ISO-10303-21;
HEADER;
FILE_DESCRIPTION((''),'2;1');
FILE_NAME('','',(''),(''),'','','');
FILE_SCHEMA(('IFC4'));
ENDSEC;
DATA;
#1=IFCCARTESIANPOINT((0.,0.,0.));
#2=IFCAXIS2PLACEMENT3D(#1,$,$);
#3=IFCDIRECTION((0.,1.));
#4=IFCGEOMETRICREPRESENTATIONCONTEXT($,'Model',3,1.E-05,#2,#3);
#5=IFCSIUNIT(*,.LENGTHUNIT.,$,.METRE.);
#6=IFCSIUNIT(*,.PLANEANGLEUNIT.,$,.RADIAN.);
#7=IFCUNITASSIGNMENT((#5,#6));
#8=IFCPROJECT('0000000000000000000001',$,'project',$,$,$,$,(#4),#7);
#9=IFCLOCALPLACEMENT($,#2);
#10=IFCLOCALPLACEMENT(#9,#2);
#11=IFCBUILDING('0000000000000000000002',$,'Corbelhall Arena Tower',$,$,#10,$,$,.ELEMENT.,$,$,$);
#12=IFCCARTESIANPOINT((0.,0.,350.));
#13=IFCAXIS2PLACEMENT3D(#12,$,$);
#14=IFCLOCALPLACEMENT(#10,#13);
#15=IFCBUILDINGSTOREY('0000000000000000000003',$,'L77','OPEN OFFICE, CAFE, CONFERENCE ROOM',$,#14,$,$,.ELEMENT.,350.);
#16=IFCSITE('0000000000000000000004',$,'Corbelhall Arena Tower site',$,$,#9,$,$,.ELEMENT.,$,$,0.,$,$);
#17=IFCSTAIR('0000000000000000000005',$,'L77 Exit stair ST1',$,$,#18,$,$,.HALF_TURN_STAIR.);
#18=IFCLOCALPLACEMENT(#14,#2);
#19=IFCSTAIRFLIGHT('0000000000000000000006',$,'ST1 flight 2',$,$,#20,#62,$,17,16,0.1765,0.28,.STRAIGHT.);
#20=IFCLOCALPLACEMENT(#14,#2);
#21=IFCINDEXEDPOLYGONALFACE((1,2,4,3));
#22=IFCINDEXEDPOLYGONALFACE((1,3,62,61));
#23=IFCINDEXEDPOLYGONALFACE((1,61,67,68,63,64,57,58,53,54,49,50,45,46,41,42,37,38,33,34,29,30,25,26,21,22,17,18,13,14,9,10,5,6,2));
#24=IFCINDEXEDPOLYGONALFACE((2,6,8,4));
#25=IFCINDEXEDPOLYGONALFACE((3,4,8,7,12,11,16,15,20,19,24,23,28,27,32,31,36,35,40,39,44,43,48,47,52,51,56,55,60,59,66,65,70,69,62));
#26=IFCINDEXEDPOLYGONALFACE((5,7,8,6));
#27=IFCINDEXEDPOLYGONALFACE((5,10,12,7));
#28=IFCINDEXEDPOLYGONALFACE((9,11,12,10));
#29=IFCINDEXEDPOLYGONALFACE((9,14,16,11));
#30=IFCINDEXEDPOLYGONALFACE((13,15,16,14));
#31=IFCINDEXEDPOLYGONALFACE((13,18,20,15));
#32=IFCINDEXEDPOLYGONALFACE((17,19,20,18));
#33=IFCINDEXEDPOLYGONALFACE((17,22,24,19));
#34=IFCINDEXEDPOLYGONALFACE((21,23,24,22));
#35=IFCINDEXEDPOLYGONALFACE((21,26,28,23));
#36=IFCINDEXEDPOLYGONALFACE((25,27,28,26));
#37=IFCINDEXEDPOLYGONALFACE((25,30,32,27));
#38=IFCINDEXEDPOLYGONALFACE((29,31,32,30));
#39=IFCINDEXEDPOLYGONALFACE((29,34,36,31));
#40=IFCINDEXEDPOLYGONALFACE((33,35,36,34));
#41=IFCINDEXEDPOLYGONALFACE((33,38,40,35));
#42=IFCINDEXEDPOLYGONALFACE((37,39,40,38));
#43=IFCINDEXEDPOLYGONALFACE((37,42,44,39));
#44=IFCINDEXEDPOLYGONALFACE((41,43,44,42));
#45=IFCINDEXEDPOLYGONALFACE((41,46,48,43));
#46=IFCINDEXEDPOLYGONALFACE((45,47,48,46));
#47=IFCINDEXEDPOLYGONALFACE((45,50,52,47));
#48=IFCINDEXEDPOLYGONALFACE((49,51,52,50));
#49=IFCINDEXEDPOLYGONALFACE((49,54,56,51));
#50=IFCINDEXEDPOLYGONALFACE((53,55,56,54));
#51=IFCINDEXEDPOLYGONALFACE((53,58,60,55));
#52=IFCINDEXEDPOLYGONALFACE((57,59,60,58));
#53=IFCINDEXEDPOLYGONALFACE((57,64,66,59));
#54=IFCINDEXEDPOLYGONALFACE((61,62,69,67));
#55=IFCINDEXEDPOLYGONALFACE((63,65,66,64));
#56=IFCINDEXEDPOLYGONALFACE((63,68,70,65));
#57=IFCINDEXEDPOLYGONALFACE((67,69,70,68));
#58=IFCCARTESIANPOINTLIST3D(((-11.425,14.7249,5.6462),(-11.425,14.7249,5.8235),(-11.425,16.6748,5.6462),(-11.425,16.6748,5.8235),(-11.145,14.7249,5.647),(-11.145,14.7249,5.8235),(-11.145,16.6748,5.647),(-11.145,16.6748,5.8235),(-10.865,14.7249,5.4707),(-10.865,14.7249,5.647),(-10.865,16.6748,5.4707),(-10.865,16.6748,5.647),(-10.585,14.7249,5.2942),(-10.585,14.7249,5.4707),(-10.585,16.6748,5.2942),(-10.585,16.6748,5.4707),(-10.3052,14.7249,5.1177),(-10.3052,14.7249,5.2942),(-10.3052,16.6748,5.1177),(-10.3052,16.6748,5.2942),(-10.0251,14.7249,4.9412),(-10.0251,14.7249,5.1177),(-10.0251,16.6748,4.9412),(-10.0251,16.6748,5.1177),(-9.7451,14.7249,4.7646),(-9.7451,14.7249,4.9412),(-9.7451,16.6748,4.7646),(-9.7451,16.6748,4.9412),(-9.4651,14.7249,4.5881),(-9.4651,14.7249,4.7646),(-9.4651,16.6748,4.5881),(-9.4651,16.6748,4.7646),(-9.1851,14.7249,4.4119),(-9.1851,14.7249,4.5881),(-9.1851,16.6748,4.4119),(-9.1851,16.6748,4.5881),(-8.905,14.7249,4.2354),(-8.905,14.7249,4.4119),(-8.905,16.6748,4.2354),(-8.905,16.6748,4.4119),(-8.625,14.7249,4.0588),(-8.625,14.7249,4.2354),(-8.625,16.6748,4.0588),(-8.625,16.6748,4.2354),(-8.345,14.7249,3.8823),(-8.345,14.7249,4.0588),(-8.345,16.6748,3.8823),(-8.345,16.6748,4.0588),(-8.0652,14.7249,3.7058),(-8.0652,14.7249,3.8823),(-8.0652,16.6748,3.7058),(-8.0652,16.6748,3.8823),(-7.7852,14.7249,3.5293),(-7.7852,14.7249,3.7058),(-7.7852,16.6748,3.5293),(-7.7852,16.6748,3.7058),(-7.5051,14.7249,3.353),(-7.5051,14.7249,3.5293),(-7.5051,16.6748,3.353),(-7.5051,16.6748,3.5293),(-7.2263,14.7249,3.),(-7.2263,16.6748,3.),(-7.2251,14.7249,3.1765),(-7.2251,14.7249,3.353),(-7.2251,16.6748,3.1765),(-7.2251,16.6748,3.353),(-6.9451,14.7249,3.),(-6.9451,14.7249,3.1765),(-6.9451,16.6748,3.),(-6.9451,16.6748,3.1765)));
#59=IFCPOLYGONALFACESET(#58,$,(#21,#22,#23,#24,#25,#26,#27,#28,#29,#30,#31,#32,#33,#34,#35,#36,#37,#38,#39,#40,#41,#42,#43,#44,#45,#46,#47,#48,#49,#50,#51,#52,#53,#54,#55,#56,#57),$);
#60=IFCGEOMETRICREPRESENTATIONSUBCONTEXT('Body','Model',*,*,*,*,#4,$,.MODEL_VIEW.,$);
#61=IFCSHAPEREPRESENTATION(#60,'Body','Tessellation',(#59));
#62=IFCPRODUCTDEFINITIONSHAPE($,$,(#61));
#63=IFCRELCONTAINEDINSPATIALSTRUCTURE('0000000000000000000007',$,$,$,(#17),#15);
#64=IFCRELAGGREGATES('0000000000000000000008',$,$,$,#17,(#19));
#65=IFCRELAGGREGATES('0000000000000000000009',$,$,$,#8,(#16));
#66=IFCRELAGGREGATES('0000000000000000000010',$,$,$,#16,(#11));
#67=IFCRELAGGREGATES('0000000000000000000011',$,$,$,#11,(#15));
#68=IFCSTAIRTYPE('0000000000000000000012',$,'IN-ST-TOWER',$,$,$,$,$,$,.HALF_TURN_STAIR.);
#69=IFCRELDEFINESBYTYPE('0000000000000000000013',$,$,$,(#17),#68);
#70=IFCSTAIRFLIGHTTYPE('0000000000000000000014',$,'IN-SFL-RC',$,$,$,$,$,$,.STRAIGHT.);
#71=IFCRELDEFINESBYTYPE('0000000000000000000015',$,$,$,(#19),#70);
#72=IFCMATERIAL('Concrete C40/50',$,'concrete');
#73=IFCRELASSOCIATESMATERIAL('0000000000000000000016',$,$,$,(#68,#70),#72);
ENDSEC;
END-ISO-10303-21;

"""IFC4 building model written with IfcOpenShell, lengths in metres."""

from ifc_helpers import new_model, si_unit, direction, frame, origin, place, context, subcontext, project, spatial, polyline, outline, extrude, material, type_object, element, aggregate, save


model = new_model("IFC4")

# Units and contexts
model_context = context("Model", 3, precision=1e-05, world=origin(), true_north=direction((0.0, 1.0)))
body_context = subcontext(model_context, "Body", "Model", "MODEL_VIEW")
ifc_project = project(units=[si_unit("LENGTHUNIT", "METRE"), si_unit("PLANEANGLEUNIT", "RADIAN")], contexts=[model_context])

# Site, building, storey
site_placement = place(None, origin())
site = spatial("IfcSite", under=ifc_project, at=site_placement, Name="Corbelhall Arena Tower site", CompositionType="ELEMENT", RefElevation=0.0)
building_placement = place(site_placement, origin())
building = spatial("IfcBuilding", under=site, at=building_placement, Name="Corbelhall Arena Tower", CompositionType="ELEMENT")
storey_placement = place(building_placement, frame((0.0, 0.0, 350.0)))
storey = spatial("IfcBuildingStorey", under=building, at=storey_placement, Name="L77", Description="OPEN OFFICE, CAFE, CONFERENCE ROOM", CompositionType="ELEMENT", Elevation=350.0)

# Shared definitions
ifc_material_1 = material(Name="Concrete C40/50", Category="concrete")

# Stair, stair flight
stair_type = type_object("IfcStairType", Name="IN-ST-TOWER", PredefinedType="HALF_TURN_STAIR", material=ifc_material_1)
stair_placement = place(storey_placement, origin())
stair = element("IfcStair", 1, at=stair_placement, inside=storey, type_object=stair_type, Name="L77 Exit stair ST1", PredefinedType="HALF_TURN_STAIR")
stair_flight_type = type_object("IfcStairFlightType", Name="IN-SFL-RC", PredefinedType="STRAIGHT", material=ifc_material_1)
stair_flight_1_placement = place(storey_placement, frame((-6.9451, 15.7, 3.0), z_axis=(0.0, 0.0, 1.0), x_axis=(-1.0, 0.0, 0.0)))
stair_flight_1 = element("IfcStairFlight", 2, at=stair_flight_1_placement, type_object=stair_flight_type, Name="ST1 flight 2", NumberOfRisers=17, NumberOfTreads=16, PredefinedType="STRAIGHT", RiserHeight=0.1765, TreadLength=0.28, context=body_context, shape_type="SweptSolid", body=[
    extrude(outline(polyline([(0.0, 0.0), (0.0, 0.1765), (0.28, 0.1765), (0.28, 0.353), (0.5601, 0.353), (0.5601, 0.5293), (0.8401, 0.5293), (0.8401, 0.7058), (1.1201, 0.7058), (1.1201, 0.8823), (1.3999, 0.8823), (1.3999, 1.0588), (1.6799, 1.0588), (1.6799, 1.2354), (1.96, 1.2354), (1.96, 1.4119), (2.24, 1.4119), (2.24, 1.5881), (2.52, 1.5881), (2.52, 1.7646), (2.8, 1.7646), (2.8, 1.9412), (3.0801, 1.9412), (3.0801, 2.1177), (3.3601, 2.1177), (3.3601, 2.2942), (3.6399, 2.2942), (3.6399, 2.4707), (3.9199, 2.4707), (3.9199, 2.647), (4.2, 2.647), (4.2, 2.8235), (4.48, 2.8235), (4.48, 3.0), (4.48, 2.6462), (0.2812, 0.0), (0.0, 0.0)])), frame((0.0, 0.9751, 0.0), z_axis=(0.0, -1.0, 0.0), x_axis=(1.0, 0.0, 0.0)), (0.0, 0.0, 1.0), 1.95),
])
aggregate(stair, [stair_flight_1])

save(model, "model.ifc")
